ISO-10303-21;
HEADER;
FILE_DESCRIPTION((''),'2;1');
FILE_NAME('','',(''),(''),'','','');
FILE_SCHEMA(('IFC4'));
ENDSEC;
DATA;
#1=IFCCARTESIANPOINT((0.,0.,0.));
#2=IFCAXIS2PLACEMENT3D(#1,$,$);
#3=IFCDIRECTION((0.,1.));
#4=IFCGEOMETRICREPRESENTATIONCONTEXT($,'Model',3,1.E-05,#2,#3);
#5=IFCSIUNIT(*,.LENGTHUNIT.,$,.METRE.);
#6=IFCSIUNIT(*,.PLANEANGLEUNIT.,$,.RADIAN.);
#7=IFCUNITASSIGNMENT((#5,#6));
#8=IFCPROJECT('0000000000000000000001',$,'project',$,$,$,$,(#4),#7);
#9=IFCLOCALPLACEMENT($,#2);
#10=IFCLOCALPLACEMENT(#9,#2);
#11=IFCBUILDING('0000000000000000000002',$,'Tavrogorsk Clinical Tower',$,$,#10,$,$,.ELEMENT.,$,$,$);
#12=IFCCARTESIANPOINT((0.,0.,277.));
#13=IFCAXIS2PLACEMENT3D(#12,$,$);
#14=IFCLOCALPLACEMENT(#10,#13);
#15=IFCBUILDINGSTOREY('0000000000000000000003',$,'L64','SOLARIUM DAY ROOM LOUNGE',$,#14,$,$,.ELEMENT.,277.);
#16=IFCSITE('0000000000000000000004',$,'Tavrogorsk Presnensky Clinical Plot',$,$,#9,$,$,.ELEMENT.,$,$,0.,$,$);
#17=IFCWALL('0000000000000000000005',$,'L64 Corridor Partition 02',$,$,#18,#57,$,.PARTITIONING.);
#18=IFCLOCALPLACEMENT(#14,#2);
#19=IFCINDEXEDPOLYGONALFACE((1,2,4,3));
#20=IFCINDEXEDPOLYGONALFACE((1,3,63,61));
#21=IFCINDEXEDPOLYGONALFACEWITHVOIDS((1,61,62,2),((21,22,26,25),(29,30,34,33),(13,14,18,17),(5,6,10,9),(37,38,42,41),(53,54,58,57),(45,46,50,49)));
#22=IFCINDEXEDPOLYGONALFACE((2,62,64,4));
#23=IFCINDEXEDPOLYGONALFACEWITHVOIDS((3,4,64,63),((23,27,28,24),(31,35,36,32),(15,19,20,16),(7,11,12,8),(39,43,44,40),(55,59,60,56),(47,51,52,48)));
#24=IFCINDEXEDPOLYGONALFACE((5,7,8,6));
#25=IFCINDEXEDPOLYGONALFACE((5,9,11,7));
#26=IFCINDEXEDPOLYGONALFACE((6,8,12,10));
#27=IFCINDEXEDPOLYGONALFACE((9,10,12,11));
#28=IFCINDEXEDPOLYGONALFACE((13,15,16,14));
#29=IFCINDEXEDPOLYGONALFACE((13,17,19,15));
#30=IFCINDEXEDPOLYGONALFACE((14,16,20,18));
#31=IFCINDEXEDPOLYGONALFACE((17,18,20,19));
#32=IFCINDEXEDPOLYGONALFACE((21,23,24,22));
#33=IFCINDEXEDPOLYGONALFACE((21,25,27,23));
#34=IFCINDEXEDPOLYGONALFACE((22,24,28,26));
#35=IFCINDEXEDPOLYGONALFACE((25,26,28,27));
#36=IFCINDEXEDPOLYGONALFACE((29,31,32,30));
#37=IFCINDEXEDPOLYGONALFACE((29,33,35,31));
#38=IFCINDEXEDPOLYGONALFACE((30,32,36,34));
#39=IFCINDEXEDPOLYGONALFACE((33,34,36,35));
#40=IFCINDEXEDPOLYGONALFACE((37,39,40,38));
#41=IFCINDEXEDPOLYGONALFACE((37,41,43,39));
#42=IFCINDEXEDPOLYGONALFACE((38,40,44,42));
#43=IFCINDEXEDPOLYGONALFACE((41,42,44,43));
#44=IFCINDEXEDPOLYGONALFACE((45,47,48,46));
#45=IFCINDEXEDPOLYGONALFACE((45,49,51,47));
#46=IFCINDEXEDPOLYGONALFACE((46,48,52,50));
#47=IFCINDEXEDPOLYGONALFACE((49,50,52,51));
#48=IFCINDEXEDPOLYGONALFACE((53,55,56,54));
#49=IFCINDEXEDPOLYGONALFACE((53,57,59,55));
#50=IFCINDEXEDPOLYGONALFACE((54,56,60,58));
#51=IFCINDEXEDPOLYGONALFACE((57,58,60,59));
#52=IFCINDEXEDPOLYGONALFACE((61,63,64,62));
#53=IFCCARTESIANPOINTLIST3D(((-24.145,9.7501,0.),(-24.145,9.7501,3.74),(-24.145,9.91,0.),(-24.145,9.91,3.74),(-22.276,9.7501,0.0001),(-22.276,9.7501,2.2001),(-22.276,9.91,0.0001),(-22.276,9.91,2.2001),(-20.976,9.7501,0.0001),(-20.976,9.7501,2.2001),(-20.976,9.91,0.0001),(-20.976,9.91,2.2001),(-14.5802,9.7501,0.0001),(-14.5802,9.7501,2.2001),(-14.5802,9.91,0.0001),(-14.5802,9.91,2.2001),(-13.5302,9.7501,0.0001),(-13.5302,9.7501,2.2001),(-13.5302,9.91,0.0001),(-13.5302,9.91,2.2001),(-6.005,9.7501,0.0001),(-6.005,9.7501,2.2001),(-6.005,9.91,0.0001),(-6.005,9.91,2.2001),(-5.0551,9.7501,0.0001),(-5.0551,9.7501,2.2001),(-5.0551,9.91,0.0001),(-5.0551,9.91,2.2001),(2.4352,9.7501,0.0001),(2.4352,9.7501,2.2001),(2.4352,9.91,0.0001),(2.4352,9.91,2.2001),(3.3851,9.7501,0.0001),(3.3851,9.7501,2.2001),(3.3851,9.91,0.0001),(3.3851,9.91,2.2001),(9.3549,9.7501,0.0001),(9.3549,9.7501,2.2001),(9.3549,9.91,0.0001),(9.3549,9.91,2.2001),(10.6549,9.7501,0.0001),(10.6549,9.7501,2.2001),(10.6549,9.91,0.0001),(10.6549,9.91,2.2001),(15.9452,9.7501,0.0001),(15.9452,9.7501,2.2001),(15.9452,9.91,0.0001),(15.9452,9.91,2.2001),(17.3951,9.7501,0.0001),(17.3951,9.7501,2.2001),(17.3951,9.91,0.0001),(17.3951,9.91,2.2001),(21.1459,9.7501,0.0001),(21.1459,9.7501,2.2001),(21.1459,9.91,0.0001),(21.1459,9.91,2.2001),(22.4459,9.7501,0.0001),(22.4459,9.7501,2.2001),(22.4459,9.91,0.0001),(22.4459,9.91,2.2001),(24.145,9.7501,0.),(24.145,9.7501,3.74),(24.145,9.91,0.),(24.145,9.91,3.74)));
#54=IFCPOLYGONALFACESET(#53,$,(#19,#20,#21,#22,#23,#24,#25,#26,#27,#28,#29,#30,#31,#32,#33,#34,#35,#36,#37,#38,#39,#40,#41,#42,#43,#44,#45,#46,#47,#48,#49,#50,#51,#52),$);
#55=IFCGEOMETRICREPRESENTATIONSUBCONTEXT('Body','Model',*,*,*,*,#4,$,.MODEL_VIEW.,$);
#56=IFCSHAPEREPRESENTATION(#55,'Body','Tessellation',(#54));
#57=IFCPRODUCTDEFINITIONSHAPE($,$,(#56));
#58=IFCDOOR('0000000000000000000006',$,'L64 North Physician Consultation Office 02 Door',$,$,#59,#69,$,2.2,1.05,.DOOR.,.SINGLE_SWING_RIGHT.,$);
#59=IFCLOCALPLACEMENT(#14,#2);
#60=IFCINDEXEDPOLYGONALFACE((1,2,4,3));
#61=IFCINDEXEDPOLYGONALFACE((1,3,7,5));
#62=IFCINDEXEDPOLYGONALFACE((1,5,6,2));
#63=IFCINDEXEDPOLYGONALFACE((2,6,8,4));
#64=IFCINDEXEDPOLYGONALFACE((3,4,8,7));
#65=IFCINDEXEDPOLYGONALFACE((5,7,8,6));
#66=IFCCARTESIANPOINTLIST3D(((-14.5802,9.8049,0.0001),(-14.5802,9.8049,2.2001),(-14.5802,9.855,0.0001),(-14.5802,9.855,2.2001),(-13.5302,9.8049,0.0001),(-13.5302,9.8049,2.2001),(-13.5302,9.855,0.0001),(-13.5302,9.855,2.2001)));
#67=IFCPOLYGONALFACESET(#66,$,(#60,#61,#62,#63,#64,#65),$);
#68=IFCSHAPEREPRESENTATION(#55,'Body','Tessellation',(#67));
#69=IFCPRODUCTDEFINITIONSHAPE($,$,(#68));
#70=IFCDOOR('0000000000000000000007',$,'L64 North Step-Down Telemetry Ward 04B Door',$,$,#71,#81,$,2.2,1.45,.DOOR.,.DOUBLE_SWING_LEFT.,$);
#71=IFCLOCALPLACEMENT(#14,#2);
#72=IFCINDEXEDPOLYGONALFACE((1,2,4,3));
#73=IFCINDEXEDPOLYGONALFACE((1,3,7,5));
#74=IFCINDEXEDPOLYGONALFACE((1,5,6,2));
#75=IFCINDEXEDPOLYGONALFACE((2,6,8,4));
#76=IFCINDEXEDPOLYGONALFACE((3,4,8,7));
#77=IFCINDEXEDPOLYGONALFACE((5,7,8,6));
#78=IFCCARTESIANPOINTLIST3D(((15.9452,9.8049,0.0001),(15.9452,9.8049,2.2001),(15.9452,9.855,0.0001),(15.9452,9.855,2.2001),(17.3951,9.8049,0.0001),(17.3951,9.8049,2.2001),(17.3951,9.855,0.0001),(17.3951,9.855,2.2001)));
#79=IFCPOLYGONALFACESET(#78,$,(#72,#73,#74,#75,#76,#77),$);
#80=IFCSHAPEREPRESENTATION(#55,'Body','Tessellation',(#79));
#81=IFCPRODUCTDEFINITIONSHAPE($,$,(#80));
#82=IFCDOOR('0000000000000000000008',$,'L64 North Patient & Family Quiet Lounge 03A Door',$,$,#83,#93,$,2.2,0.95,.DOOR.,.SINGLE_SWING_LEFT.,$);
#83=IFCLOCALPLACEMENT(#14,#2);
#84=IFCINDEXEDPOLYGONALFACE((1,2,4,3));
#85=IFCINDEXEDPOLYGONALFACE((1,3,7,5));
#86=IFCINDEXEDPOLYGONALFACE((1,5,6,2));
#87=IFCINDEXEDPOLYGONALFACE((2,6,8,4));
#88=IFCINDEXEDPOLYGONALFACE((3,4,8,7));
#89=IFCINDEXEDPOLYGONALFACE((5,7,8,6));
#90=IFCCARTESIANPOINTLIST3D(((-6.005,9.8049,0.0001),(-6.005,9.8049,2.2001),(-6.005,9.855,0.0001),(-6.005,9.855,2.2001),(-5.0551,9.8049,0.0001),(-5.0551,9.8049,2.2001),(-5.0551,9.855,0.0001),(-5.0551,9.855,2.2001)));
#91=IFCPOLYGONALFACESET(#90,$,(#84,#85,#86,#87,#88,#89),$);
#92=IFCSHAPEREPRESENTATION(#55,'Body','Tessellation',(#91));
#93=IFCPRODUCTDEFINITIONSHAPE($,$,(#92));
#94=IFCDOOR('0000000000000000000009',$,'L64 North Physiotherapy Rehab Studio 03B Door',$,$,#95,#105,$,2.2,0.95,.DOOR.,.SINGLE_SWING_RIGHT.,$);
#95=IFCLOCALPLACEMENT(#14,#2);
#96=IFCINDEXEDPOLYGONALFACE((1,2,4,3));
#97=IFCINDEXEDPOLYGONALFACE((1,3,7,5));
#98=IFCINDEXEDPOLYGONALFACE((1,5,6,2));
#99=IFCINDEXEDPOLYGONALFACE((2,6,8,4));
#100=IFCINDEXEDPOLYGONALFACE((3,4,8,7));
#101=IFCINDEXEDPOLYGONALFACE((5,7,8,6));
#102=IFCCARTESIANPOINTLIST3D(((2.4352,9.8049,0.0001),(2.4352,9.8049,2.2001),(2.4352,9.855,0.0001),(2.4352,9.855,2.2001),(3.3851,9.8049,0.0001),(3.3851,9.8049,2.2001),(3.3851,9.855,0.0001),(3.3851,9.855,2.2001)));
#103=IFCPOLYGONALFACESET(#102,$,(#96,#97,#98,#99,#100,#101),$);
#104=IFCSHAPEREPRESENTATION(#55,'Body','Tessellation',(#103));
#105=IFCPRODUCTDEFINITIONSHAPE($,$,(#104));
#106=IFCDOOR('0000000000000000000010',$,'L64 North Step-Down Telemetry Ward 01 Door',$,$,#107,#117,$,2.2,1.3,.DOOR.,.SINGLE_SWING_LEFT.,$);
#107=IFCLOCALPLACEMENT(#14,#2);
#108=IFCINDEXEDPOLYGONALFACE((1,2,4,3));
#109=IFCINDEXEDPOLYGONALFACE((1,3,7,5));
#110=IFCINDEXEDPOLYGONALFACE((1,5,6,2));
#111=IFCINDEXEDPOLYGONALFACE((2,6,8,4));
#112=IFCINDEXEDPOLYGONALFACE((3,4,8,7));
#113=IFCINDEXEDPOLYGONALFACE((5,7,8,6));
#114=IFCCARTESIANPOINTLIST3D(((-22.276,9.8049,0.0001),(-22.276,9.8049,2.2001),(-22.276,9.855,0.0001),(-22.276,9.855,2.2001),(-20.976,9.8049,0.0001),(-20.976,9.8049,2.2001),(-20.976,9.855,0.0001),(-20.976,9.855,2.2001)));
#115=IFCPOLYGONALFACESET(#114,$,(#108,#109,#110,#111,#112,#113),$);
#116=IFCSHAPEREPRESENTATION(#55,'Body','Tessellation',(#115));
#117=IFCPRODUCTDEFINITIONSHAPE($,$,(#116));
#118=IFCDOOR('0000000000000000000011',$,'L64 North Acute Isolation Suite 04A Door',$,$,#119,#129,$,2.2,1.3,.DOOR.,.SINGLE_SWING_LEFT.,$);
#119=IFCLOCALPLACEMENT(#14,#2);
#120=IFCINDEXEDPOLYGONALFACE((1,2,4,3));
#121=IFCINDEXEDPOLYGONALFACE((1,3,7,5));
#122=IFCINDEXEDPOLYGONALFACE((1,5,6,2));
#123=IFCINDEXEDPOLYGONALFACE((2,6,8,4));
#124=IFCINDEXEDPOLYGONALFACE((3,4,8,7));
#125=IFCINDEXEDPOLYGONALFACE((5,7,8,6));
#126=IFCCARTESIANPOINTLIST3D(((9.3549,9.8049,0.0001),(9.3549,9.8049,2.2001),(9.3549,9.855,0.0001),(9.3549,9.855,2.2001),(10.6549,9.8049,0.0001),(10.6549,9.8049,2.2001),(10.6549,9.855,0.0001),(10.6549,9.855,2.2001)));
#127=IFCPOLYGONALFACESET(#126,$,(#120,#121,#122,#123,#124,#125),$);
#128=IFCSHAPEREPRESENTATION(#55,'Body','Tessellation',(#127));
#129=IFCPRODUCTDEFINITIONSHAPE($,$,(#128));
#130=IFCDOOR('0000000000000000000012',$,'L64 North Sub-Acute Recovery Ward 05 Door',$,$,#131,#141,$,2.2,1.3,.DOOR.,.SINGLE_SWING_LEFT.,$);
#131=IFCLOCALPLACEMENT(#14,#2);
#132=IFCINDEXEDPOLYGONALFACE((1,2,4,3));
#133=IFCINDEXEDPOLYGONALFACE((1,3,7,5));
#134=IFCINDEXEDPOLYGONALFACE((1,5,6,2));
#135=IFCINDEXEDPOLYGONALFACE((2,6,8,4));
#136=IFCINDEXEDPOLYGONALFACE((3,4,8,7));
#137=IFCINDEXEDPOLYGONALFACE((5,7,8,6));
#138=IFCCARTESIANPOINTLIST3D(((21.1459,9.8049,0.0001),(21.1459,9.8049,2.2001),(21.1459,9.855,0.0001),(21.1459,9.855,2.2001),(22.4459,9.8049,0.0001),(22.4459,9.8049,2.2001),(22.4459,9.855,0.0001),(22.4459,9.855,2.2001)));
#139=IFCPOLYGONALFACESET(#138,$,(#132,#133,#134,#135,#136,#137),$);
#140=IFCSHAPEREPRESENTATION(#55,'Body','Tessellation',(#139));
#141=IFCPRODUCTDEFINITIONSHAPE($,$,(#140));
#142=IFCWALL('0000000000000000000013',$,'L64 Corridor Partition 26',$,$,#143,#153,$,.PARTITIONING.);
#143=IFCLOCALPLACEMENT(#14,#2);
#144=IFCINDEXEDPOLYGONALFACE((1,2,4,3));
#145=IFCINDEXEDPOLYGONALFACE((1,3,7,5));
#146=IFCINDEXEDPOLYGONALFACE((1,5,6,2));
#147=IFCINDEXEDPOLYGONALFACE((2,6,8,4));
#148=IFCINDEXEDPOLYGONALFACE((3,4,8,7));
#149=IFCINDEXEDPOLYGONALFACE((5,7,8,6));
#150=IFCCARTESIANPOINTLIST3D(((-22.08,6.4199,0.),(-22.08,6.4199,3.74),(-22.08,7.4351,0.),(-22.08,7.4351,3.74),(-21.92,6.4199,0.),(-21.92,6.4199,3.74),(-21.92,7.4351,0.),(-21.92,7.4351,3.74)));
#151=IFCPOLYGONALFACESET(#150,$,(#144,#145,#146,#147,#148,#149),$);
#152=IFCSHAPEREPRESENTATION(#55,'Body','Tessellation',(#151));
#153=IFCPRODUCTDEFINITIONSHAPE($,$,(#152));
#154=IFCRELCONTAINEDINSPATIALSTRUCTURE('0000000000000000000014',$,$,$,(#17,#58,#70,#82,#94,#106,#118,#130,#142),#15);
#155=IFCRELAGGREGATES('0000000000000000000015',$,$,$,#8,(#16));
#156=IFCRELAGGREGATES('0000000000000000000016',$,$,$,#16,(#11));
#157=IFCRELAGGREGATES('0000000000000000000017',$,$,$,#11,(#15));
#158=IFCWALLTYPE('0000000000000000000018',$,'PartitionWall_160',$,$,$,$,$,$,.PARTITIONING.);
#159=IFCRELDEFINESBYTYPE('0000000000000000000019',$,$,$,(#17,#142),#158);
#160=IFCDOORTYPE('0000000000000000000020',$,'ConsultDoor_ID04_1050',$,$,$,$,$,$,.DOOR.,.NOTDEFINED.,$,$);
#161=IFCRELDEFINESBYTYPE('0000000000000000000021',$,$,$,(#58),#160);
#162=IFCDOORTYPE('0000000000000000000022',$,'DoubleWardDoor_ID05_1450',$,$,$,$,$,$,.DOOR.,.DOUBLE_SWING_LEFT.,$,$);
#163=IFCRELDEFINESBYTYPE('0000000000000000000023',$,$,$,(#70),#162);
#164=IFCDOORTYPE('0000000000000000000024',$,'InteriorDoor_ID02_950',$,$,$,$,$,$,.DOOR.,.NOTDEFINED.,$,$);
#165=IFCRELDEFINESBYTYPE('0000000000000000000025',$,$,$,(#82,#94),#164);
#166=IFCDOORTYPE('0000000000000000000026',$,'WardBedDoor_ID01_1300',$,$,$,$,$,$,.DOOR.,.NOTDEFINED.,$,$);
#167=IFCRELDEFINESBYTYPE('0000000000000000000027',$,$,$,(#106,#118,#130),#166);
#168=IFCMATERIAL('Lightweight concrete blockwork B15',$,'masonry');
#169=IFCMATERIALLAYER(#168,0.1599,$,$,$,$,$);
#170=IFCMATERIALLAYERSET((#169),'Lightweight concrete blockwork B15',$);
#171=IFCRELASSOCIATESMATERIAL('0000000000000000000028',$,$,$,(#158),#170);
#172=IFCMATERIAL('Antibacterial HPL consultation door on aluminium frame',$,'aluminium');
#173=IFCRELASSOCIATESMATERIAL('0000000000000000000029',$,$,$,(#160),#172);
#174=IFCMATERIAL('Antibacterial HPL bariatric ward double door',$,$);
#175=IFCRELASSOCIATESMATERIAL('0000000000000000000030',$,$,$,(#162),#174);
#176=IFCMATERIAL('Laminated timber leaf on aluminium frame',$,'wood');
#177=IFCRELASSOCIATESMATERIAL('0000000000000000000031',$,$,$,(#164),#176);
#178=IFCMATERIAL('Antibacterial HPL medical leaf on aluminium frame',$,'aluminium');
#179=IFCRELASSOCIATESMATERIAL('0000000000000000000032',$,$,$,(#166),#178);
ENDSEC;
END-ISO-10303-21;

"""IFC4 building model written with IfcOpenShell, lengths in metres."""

from ifc_helpers import new_model, si_unit, direction, frame, frame_2d, origin, place, context, subcontext, project, spatial, rectangle, extrude, material, layer, layer_set, type_object, element, fill, save


model = new_model("IFC4")

# Units and contexts
model_context = context("Model", 3, precision=1e-05, world=origin(), true_north=direction((0.0, 1.0)))
body_context = subcontext(model_context, "Body", "Model", "MODEL_VIEW")
ifc_project = project(units=[si_unit("LENGTHUNIT", "METRE"), si_unit("PLANEANGLEUNIT", "RADIAN")], contexts=[model_context])

# Site, building, storey
site_placement = place(None, origin())
site = spatial("IfcSite", under=ifc_project, at=site_placement, Name="Tavrogorsk Presnensky Clinical Plot", CompositionType="ELEMENT", RefElevation=0.0)
building_placement = place(site_placement, origin())
building = spatial("IfcBuilding", under=site, at=building_placement, Name="Tavrogorsk Clinical Tower", CompositionType="ELEMENT")
storey_placement = place(building_placement, frame((0.0, 0.0, 277.0)))
storey = spatial("IfcBuildingStorey", under=building, at=storey_placement, Name="L64", Description="SOLARIUM DAY ROOM LOUNGE", CompositionType="ELEMENT", Elevation=277.0)

# Wall, openings, doors
ifc_material_1 = material(Name="Lightweight concrete blockwork B15", Category="masonry")
ifc_layer = layer(ifc_material_1, 0.1599)
ifc_layer_set = layer_set([ifc_layer], Name="Lightweight concrete blockwork B15")
wall_type = type_object("IfcWallType", Name="PartitionWall_160", PredefinedType="PARTITIONING", material=ifc_layer_set)
wall_1_placement = place(storey_placement, frame((-24.145, 9.8301, 0.0), z_axis=(0.0, 0.0, 1.0), x_axis=(1.0, 0.0, 0.0)))
wall_1 = element("IfcWall", 1, at=wall_1_placement, inside=storey, type_object=wall_type, Name="L64 Corridor Partition 02", PredefinedType="PARTITIONING", context=body_context, shape_type="SweptSolid", body=[
    extrude(rectangle(XDim=48.29, YDim=0.1599, at=frame_2d((24.145, 0.0))), origin(), (0.0, 0.0, 1.0), 3.74),
])
opening_1_placement = place(wall_1_placement, frame((1.8691, 0.0, 0.0)))
opening_1 = element("IfcOpeningElement", 2, at=opening_1_placement, cuts=wall_1, PredefinedType="OPENING", context=body_context, shape_type="SweptSolid", body=[
    extrude(rectangle(XDim=1.3, YDim=2.2, at=frame_2d((0.6499, 1.1001))), frame((0.0, 0.0898, 0.0), z_axis=(0.0, -1.0, 0.0), x_axis=(1.0, 0.0, 0.0)), (0.0, 0.0, 1.0), 0.1799),
])
opening_2_placement = place(wall_1_placement, frame((9.5649, 0.0, 0.0)))
opening_2 = element("IfcOpeningElement", 3, at=opening_2_placement, cuts=wall_1, PredefinedType="OPENING", context=body_context, shape_type="SweptSolid", body=[
    extrude(rectangle(XDim=1.05, YDim=2.2, at=frame_2d((0.5249, 1.1001))), frame((0.0, 0.0898, 0.0), z_axis=(0.0, -1.0, 0.0), x_axis=(1.0, 0.0, 0.0)), (0.0, 0.0, 1.0), 0.1799),
])
opening_3_placement = place(wall_1_placement, frame((18.1399, 0.0, 0.0)))
opening_3 = element("IfcOpeningElement", 4, at=opening_3_placement, cuts=wall_1, PredefinedType="OPENING", context=body_context, shape_type="SweptSolid", body=[
    extrude(rectangle(XDim=0.95, YDim=2.2, at=frame_2d((0.4751, 1.1001))), frame((0.0, 0.0898, 0.0), z_axis=(0.0, -1.0, 0.0), x_axis=(1.0, 0.0, 0.0)), (0.0, 0.0, 1.0), 0.1799),
])
opening_4_placement = place(wall_1_placement, frame((26.5801, 0.0, 0.0)))
opening_4 = element("IfcOpeningElement", 5, at=opening_4_placement, cuts=wall_1, PredefinedType="OPENING", context=body_context, shape_type="SweptSolid", body=[
    extrude(rectangle(XDim=0.95, YDim=2.2, at=frame_2d((0.4751, 1.1001))), frame((0.0, 0.0898, 0.0), z_axis=(0.0, -1.0, 0.0), x_axis=(1.0, 0.0, 0.0)), (0.0, 0.0, 1.0), 0.1799),
])
opening_5_placement = place(wall_1_placement, frame((33.5, 0.0, 0.0)))
opening_5 = element("IfcOpeningElement", 6, at=opening_5_placement, cuts=wall_1, PredefinedType="OPENING", context=body_context, shape_type="SweptSolid", body=[
    extrude(rectangle(XDim=1.3, YDim=2.2, at=frame_2d((0.6499, 1.1001))), frame((0.0, 0.0898, 0.0), z_axis=(0.0, -1.0, 0.0), x_axis=(1.0, 0.0, 0.0)), (0.0, 0.0, 1.0), 0.1799),
])
opening_6_placement = place(wall_1_placement, frame((40.0901, 0.0, 0.0)))
opening_6 = element("IfcOpeningElement", 7, at=opening_6_placement, cuts=wall_1, PredefinedType="OPENING", context=body_context, shape_type="SweptSolid", body=[
    extrude(rectangle(XDim=1.45, YDim=2.2, at=frame_2d((0.7251, 1.1001))), frame((0.0, 0.0898, 0.0), z_axis=(0.0, -1.0, 0.0), x_axis=(1.0, 0.0, 0.0)), (0.0, 0.0, 1.0), 0.1799),
])
opening_7_placement = place(wall_1_placement, frame((45.291, 0.0, 0.0)))
opening_7 = element("IfcOpeningElement", 8, at=opening_7_placement, cuts=wall_1, PredefinedType="OPENING", context=body_context, shape_type="SweptSolid", body=[
    extrude(rectangle(XDim=1.3, YDim=2.2, at=frame_2d((0.6499, 1.1001))), frame((0.0, 0.0898, 0.0), z_axis=(0.0, -1.0, 0.0), x_axis=(1.0, 0.0, 0.0)), (0.0, 0.0, 1.0), 0.1799),
])
ifc_material_2 = material(Name="Antibacterial HPL consultation door on aluminium frame", Category="aluminium")
door_type_1 = type_object("IfcDoorType", Name="ConsultDoor_ID04_1050", OperationType="NOTDEFINED", PredefinedType="DOOR", material=ifc_material_2)
door_1_placement = place(opening_2_placement, origin())
door_1 = element("IfcDoor", 9, at=door_1_placement, inside=storey, type_object=door_type_1, Name="L64 North Physician Consultation Office 02 Door", OperationType="SINGLE_SWING_RIGHT", OverallHeight=2.2, OverallWidth=1.05, PredefinedType="DOOR", context=body_context, shape_type="SweptSolid", body=[
    extrude(rectangle(XDim=1.05, YDim=2.2, at=frame_2d((0.5249, 1.1001))), frame((0.0, 0.0249, 0.0), z_axis=(0.0, -1.0, 0.0), x_axis=(1.0, 0.0, 0.0)), (0.0, 0.0, 1.0), 0.05),
])
fill(opening_2, door_1)
ifc_material_3 = material(Name="Antibacterial HPL bariatric ward double door")
door_type_2 = type_object("IfcDoorType", Name="DoubleWardDoor_ID05_1450", OperationType="DOUBLE_SWING_LEFT", PredefinedType="DOOR", material=ifc_material_3)
door_2_placement = place(opening_6_placement, origin())
door_2 = element("IfcDoor", 10, at=door_2_placement, inside=storey, type_object=door_type_2, Name="L64 North Step-Down Telemetry Ward 04B Door", OperationType="DOUBLE_SWING_LEFT", OverallHeight=2.2, OverallWidth=1.45, PredefinedType="DOOR", context=body_context, shape_type="SweptSolid", body=[
    extrude(rectangle(XDim=1.45, YDim=2.2, at=frame_2d((0.7251, 1.1001))), frame((0.0, 0.0249, 0.0), z_axis=(0.0, -1.0, 0.0), x_axis=(1.0, 0.0, 0.0)), (0.0, 0.0, 1.0), 0.05),
])
fill(opening_6, door_2)
ifc_material_4 = material(Name="Laminated timber leaf on aluminium frame", Category="wood")
door_type_3 = type_object("IfcDoorType", Name="InteriorDoor_ID02_950", OperationType="NOTDEFINED", PredefinedType="DOOR", material=ifc_material_4)
door_3_placement = place(opening_3_placement, origin())
door_3 = element("IfcDoor", 11, at=door_3_placement, inside=storey, type_object=door_type_3, Name="L64 North Patient & Family Quiet Lounge 03A Door", OperationType="SINGLE_SWING_LEFT", OverallHeight=2.2, OverallWidth=0.95, PredefinedType="DOOR", context=body_context, shape_type="SweptSolid", body=[
    extrude(rectangle(XDim=0.95, YDim=2.2, at=frame_2d((0.4751, 1.1001))), frame((0.0, 0.0249, 0.0), z_axis=(0.0, -1.0, 0.0), x_axis=(1.0, 0.0, 0.0)), (0.0, 0.0, 1.0), 0.05),
])
fill(opening_3, door_3)
door_4_placement = place(opening_4_placement, origin())
door_4 = element("IfcDoor", 12, at=door_4_placement, inside=storey, type_object=door_type_3, Name="L64 North Physiotherapy Rehab Studio 03B Door", OperationType="SINGLE_SWING_RIGHT", OverallHeight=2.2, OverallWidth=0.95, PredefinedType="DOOR", context=body_context, shape_type="SweptSolid", body=[
    extrude(rectangle(XDim=0.95, YDim=2.2, at=frame_2d((0.4751, 1.1001))), frame((0.0, 0.0249, 0.0), z_axis=(0.0, -1.0, 0.0), x_axis=(1.0, 0.0, 0.0)), (0.0, 0.0, 1.0), 0.05),
])
fill(opening_4, door_4)
ifc_material_5 = material(Name="Antibacterial HPL medical leaf on aluminium frame", Category="aluminium")
door_type_4 = type_object("IfcDoorType", Name="WardBedDoor_ID01_1300", OperationType="NOTDEFINED", PredefinedType="DOOR", material=ifc_material_5)
door_5_placement = place(opening_1_placement, origin())
door_5 = element("IfcDoor", 13, at=door_5_placement, inside=storey, type_object=door_type_4, Name="L64 North Step-Down Telemetry Ward 01 Door", OperationType="SINGLE_SWING_LEFT", OverallHeight=2.2, OverallWidth=1.3, PredefinedType="DOOR", context=body_context, shape_type="SweptSolid", body=[
    extrude(rectangle(XDim=1.3, YDim=2.2, at=frame_2d((0.6499, 1.1001))), frame((0.0, 0.0249, 0.0), z_axis=(0.0, -1.0, 0.0), x_axis=(1.0, 0.0, 0.0)), (0.0, 0.0, 1.0), 0.05),
])
fill(opening_1, door_5)
door_6_placement = place(opening_5_placement, origin())
door_6 = element("IfcDoor", 14, at=door_6_placement, inside=storey, type_object=door_type_4, Name="L64 North Acute Isolation Suite 04A Door", OperationType="SINGLE_SWING_LEFT", OverallHeight=2.2, OverallWidth=1.3, PredefinedType="DOOR", context=body_context, shape_type="SweptSolid", body=[
    extrude(rectangle(XDim=1.3, YDim=2.2, at=frame_2d((0.6499, 1.1001))), frame((0.0, 0.0249, 0.0), z_axis=(0.0, -1.0, 0.0), x_axis=(1.0, 0.0, 0.0)), (0.0, 0.0, 1.0), 0.05),
])
fill(opening_5, door_6)
door_7_placement = place(opening_7_placement, origin())
door_7 = element("IfcDoor", 15, at=door_7_placement, inside=storey, type_object=door_type_4, Name="L64 North Sub-Acute Recovery Ward 05 Door", OperationType="SINGLE_SWING_LEFT", OverallHeight=2.2, OverallWidth=1.3, PredefinedType="DOOR", context=body_context, shape_type="SweptSolid", body=[
    extrude(rectangle(XDim=1.3, YDim=2.2, at=frame_2d((0.6499, 1.1001))), frame((0.0, 0.0249, 0.0), z_axis=(0.0, -1.0, 0.0), x_axis=(1.0, 0.0, 0.0)), (0.0, 0.0, 1.0), 0.05),
])
fill(opening_7, door_7)

# Wall
wall_2_placement = place(storey_placement, frame((-22.0, 7.4351, 0.0), z_axis=(0.0, 0.0, 1.0), x_axis=(0.0, -1.0, 0.0)))
element("IfcWall", 16, at=wall_2_placement, inside=storey, type_object=wall_type, Name="L64 Corridor Partition 26", PredefinedType="PARTITIONING", context=body_context, shape_type="SweptSolid", body=[
    extrude(rectangle(XDim=1.0151, YDim=0.1599, at=frame_2d((0.5076, 0.0))), origin(), (0.0, 0.0, 1.0), 3.74),
])

save(model, "model.ifc")
